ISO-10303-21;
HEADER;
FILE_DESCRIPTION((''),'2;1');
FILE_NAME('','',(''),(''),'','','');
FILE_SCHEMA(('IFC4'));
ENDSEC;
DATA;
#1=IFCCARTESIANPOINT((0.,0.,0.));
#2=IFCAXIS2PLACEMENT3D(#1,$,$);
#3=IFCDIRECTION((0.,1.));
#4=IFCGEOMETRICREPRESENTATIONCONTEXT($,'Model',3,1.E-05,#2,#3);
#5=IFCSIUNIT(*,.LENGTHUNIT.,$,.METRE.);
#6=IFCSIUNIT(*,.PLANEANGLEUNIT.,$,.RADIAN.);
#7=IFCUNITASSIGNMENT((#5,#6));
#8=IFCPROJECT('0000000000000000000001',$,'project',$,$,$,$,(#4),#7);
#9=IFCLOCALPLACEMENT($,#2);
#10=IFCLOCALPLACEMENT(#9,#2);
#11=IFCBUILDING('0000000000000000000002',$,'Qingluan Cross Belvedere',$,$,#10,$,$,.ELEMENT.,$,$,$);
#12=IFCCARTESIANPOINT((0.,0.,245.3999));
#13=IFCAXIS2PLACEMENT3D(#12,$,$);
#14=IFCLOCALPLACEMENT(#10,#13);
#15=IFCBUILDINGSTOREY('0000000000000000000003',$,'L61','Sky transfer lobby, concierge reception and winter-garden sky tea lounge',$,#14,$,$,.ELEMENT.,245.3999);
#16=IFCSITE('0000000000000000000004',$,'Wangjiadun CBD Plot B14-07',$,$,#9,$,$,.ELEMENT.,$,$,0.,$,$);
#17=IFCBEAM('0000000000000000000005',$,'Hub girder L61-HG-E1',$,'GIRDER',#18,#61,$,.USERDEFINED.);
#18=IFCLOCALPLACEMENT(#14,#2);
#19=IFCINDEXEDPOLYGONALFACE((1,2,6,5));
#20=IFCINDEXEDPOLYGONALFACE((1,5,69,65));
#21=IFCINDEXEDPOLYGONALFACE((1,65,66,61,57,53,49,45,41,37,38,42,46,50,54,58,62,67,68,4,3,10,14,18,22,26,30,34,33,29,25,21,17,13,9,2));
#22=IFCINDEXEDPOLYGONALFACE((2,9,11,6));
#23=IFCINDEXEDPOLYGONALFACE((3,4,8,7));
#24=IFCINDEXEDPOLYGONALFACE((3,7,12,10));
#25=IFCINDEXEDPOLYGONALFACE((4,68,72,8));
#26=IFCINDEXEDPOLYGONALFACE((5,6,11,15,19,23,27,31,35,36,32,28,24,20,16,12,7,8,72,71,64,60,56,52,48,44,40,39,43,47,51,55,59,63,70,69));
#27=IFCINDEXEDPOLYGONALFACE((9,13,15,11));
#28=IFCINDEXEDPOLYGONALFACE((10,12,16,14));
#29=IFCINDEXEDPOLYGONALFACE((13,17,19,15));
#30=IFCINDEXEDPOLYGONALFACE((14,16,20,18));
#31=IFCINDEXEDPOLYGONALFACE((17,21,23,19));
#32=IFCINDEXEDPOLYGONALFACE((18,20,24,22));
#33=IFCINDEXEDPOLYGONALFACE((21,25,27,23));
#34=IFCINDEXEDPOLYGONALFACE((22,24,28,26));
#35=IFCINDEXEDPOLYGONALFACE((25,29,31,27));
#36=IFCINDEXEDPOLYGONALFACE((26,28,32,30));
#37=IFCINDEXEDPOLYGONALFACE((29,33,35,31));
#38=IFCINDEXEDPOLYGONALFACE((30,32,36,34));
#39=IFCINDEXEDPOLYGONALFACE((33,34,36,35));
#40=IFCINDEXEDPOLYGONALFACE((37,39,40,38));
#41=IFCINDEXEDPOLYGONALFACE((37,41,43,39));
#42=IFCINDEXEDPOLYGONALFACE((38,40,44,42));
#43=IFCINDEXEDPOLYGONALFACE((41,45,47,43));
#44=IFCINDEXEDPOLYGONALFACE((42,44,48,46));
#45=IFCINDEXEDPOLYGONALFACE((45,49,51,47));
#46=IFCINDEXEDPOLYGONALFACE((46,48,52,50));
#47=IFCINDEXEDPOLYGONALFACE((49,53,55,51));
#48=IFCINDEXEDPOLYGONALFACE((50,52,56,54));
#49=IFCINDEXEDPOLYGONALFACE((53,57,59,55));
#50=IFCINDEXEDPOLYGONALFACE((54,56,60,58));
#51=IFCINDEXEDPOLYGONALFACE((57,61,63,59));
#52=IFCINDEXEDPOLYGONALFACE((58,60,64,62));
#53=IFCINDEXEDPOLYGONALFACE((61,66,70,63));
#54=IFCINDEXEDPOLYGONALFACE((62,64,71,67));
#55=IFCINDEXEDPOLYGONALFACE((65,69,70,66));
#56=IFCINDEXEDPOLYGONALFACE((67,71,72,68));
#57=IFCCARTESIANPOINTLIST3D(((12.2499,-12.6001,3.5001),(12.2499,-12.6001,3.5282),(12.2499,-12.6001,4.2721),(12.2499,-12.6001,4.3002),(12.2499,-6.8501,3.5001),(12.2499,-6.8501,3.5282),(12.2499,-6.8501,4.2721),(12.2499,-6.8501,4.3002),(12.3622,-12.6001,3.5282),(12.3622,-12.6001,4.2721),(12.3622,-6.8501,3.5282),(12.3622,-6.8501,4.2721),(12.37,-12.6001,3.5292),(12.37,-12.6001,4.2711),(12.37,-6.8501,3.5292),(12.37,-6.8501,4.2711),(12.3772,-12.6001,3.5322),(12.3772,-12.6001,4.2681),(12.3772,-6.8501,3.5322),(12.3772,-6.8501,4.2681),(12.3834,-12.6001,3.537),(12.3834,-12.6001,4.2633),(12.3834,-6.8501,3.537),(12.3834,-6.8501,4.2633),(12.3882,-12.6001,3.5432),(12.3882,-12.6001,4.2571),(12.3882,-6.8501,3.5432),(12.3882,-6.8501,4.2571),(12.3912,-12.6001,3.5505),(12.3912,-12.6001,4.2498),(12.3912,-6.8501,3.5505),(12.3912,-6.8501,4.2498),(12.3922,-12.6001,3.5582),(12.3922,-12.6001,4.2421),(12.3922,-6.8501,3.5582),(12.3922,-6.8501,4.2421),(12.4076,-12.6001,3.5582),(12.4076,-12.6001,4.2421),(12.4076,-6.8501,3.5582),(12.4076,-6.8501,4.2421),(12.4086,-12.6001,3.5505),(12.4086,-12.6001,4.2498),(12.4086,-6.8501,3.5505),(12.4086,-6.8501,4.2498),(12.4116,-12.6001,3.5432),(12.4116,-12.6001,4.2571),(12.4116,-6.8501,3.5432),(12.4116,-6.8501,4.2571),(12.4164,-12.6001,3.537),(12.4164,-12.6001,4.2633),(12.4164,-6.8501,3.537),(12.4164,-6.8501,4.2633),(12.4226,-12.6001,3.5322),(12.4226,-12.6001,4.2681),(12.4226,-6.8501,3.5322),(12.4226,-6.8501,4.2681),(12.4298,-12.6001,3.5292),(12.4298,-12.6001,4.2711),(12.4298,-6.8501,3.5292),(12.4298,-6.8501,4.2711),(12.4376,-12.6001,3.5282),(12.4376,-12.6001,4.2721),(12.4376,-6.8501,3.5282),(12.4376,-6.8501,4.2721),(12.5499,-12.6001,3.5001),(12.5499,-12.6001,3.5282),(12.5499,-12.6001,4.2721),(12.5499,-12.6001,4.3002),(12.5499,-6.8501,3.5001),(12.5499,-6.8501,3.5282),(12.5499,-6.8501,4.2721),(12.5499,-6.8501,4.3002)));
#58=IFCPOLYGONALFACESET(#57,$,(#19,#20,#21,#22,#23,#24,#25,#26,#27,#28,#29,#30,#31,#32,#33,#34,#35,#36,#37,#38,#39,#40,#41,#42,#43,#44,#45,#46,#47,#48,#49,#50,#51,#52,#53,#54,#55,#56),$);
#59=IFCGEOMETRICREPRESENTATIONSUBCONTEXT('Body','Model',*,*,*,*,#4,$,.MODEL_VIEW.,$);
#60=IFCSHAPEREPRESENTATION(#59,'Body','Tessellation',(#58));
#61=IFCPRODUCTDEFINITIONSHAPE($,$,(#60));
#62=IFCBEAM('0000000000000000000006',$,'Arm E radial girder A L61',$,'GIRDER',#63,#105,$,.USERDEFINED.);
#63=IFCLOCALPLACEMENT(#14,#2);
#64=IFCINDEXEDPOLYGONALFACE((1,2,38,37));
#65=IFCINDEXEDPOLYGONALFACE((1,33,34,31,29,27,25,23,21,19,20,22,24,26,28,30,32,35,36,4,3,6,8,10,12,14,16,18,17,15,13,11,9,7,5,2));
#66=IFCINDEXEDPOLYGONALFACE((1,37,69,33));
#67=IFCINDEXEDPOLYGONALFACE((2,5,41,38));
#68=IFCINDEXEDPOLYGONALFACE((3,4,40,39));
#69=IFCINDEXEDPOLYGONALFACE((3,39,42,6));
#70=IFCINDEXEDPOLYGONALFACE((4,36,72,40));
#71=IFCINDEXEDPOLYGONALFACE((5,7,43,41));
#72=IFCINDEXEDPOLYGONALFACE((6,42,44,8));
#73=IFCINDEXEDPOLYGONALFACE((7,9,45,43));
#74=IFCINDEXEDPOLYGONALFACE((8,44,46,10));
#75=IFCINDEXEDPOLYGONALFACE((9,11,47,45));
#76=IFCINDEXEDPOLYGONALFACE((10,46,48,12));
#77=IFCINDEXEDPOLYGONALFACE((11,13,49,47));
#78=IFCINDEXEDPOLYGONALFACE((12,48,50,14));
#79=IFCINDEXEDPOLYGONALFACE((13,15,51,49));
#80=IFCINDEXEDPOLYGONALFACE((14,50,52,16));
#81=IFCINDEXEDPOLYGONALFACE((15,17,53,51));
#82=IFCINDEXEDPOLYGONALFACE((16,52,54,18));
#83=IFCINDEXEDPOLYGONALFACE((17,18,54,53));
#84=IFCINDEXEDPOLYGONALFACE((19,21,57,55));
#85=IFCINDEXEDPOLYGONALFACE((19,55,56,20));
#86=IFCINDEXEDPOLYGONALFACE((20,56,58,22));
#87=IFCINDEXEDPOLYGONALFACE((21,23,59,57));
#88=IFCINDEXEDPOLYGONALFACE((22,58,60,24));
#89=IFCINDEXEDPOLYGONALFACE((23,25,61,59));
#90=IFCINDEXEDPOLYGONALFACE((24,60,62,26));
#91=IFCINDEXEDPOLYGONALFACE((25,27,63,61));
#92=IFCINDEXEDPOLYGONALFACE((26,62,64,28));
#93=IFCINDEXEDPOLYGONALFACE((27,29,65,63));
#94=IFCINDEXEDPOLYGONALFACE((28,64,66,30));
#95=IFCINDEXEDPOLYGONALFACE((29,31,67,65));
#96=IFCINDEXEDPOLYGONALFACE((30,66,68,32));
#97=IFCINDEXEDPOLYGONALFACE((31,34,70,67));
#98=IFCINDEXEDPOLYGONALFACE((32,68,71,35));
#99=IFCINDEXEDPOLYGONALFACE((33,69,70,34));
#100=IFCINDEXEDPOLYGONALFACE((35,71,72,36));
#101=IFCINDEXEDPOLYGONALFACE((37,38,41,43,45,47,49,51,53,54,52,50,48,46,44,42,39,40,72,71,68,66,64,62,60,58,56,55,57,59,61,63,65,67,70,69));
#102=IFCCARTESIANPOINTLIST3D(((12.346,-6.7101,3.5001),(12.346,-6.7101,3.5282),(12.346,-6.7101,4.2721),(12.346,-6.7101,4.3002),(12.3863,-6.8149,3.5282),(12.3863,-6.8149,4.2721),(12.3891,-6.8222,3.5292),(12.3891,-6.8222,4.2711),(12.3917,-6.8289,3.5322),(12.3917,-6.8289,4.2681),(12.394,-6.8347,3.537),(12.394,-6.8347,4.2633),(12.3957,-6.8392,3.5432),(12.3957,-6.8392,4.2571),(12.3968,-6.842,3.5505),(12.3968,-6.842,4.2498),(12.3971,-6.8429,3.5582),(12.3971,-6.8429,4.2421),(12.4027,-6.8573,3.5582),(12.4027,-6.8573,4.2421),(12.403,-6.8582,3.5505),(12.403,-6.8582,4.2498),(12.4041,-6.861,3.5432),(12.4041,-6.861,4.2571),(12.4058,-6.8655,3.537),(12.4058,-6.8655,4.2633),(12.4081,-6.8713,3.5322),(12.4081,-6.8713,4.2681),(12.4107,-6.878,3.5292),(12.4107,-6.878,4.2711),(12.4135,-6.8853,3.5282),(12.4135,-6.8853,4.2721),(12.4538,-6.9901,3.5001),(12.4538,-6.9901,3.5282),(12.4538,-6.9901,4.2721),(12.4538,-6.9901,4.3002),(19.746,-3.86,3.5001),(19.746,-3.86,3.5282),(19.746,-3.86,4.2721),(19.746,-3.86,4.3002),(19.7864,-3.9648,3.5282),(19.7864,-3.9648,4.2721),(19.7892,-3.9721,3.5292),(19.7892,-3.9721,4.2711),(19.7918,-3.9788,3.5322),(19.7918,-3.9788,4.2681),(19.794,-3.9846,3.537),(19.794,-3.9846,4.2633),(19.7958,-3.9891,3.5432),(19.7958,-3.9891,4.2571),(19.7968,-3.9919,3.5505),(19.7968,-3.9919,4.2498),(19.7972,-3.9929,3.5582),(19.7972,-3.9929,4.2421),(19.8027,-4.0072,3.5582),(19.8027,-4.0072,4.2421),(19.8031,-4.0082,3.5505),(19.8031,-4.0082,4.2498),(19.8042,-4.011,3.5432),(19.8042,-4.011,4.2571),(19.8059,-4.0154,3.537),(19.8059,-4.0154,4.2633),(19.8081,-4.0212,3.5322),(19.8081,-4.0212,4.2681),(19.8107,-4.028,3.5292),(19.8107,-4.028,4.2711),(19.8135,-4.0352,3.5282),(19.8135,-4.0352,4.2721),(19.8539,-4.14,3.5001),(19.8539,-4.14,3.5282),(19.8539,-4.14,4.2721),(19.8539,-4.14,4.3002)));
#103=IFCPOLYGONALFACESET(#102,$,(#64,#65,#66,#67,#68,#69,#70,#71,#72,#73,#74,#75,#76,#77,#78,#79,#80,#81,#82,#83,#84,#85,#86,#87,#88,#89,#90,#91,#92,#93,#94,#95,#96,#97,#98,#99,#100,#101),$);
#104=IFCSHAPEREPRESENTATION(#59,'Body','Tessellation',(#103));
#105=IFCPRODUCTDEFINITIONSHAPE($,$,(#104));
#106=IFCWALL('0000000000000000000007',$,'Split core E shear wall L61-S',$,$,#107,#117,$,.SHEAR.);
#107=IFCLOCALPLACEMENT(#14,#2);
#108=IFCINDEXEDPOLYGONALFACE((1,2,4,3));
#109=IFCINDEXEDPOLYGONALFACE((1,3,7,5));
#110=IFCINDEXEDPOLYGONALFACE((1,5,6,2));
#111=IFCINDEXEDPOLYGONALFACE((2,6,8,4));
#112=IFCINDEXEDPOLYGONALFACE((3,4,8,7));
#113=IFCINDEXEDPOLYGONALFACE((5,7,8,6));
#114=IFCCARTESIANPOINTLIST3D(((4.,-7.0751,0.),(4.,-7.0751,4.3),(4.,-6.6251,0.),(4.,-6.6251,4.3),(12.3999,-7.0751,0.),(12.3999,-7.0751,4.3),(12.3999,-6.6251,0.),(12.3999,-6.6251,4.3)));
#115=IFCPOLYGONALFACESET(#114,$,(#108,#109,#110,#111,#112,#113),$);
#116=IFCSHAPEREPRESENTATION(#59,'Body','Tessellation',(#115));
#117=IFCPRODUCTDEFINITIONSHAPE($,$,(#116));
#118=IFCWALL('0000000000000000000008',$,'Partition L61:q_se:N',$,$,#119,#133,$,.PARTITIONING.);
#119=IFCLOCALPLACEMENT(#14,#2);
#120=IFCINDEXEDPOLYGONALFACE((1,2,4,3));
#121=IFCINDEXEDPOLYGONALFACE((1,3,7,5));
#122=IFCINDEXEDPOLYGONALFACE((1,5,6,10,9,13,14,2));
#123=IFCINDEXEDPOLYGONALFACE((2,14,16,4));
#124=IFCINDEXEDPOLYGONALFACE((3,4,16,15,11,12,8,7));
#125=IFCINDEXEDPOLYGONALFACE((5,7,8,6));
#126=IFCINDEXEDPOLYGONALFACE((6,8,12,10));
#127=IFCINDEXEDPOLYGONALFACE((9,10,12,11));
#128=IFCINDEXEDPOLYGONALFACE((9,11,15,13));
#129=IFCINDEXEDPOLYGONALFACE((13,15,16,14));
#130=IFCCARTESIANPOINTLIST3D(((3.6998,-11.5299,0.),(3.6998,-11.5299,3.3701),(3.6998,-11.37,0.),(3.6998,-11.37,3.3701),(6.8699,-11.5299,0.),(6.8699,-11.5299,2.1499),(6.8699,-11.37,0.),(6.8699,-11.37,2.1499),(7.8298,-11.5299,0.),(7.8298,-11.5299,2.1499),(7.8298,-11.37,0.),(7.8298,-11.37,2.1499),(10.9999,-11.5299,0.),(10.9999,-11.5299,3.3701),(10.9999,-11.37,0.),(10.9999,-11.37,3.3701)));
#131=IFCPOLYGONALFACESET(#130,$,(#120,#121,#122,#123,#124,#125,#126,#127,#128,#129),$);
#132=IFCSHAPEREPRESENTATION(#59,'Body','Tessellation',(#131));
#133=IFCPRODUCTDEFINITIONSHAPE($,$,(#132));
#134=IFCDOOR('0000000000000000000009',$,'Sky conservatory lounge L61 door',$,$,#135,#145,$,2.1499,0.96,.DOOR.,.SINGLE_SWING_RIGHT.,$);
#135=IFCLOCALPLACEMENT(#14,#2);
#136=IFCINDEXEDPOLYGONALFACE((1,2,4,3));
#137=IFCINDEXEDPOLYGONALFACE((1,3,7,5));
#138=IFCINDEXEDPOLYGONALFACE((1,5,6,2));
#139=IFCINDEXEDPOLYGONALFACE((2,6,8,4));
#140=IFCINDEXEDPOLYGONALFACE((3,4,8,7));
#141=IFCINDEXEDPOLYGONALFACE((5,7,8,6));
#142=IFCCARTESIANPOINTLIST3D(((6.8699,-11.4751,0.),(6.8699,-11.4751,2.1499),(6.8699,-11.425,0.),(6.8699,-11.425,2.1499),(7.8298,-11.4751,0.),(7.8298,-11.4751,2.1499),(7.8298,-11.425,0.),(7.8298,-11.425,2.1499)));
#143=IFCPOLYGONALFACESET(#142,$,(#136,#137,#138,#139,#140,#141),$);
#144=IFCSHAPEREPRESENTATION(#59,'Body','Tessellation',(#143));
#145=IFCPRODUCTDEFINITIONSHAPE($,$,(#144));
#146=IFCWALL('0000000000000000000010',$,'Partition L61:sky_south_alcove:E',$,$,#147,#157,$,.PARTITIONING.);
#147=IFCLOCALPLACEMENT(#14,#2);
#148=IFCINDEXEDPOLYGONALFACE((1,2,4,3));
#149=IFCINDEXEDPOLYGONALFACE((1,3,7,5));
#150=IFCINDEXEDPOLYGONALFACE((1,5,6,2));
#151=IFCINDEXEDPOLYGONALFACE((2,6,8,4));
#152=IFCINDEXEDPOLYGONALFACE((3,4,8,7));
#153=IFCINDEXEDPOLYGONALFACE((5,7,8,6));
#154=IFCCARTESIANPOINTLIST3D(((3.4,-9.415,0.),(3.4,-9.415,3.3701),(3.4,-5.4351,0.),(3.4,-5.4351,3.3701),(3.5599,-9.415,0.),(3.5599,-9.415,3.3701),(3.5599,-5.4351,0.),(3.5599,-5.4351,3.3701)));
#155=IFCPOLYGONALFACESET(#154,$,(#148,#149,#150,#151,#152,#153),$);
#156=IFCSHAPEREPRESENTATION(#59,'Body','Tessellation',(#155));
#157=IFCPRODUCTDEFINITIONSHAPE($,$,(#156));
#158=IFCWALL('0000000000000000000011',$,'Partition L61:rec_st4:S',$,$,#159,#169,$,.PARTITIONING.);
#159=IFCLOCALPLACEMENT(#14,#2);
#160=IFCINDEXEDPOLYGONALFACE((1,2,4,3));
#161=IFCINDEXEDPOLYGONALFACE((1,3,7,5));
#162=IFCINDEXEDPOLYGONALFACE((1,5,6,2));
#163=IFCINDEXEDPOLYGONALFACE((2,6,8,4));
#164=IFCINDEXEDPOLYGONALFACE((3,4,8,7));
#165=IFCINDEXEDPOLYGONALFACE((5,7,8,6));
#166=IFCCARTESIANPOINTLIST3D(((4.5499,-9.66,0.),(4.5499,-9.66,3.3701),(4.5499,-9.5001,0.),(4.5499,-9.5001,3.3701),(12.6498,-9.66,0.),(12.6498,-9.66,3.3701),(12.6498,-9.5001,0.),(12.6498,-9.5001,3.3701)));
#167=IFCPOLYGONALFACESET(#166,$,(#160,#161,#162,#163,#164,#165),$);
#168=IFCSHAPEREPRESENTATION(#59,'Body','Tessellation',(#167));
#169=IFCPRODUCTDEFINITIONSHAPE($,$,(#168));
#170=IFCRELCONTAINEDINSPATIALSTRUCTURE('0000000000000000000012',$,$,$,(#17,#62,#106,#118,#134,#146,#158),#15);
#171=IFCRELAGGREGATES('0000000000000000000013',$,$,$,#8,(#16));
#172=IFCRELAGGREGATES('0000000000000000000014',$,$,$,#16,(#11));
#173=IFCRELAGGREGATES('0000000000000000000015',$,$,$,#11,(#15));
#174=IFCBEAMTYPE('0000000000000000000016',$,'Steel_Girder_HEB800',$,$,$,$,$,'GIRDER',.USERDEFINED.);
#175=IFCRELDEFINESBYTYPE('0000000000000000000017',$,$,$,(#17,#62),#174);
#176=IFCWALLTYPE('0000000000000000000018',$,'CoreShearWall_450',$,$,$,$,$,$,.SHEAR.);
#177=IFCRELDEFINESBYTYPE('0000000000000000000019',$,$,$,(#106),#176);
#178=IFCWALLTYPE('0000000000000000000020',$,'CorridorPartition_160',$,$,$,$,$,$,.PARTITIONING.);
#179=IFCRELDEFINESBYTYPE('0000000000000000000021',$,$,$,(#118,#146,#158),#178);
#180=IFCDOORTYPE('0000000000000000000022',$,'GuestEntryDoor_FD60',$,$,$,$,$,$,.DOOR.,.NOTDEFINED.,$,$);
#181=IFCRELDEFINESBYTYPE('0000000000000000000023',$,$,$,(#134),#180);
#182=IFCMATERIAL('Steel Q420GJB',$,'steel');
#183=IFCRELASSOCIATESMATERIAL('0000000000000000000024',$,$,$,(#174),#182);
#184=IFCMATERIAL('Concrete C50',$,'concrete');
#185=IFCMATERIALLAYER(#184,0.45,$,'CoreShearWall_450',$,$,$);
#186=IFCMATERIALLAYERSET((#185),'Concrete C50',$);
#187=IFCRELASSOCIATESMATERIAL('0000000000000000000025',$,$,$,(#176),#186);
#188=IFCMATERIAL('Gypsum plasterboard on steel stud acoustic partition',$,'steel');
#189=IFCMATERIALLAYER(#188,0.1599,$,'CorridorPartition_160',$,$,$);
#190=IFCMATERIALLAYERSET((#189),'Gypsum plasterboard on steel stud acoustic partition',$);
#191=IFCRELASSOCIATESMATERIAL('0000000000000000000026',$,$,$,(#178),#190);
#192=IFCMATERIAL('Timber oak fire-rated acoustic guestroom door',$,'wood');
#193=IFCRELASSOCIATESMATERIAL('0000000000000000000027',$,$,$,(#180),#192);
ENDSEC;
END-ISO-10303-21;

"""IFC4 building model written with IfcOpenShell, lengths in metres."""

from ifc_helpers import new_model, si_unit, direction, frame, frame_2d, origin, origin_2d, place, context, subcontext, project, spatial, rectangle, i_section, extrude, material, layer, layer_set, material_profile, profile_set, type_object, element, fill, save


model = new_model("IFC4")

# Units and contexts
model_context = context("Model", 3, precision=1e-05, world=origin(), true_north=direction((0.0, 1.0)))
body_context = subcontext(model_context, "Body", "Model", "MODEL_VIEW")
ifc_project = project(units=[si_unit("LENGTHUNIT", "METRE"), si_unit("PLANEANGLEUNIT", "RADIAN")], contexts=[model_context])

# Site, building, storey
site_placement = place(None, origin())
site = spatial("IfcSite", under=ifc_project, at=site_placement, Name="Wangjiadun CBD Plot B14-07", CompositionType="ELEMENT", RefElevation=0.0)
building_placement = place(site_placement, origin())
building = spatial("IfcBuilding", under=site, at=building_placement, Name="Qingluan Cross Belvedere", CompositionType="ELEMENT")
storey_placement = place(building_placement, frame((0.0, 0.0, 245.3999)))
storey = spatial("IfcBuildingStorey", under=building, at=storey_placement, Name="L61", Description="Sky transfer lobby, concierge reception and winter-garden sky tea lounge", CompositionType="ELEMENT", Elevation=245.3999)

# Beams
ifc_material_1 = material(Name="Steel Q420GJB", Category="steel")
ifc_material_profile_1 = material_profile(ifc_material_1, i_section(OverallWidth=0.3, OverallDepth=0.8, WebThickness=0.0154, FlangeThickness=0.0281, FilletRadius=0.03, at=origin_2d()), Name="HEB800")
ifc_profile_set_1 = profile_set([ifc_material_profile_1], Name="Steel Q420GJB")
beam_type_1 = type_object("IfcBeamType", Name="Steel_Girder_HEB800", ElementType="GIRDER", PredefinedType="USERDEFINED", material=ifc_profile_set_1)
beam_1_placement = place(storey_placement, frame((12.3999, -12.6001, 3.9001), z_axis=(0.0, 1.0, 0.0), x_axis=(-1.0, 0.0, 0.0)))
element("IfcBeam", 1, at=beam_1_placement, inside=storey, type_object=beam_type_1, Name="Hub girder L61-HG-E1", ObjectType="GIRDER", PredefinedType="USERDEFINED", context=body_context, shape_type="SweptSolid", body=[
    extrude(i_section(OverallWidth=0.3, OverallDepth=0.8, WebThickness=0.0154, FlangeThickness=0.0281, FilletRadius=0.03, at=origin_2d()), origin(), (0.0, 0.0, 1.0), 5.75),
])
beam_2_placement = place(storey_placement, frame((12.3999, -6.8501, 3.9001), z_axis=(0.933181, 0.359406, 0.0), x_axis=(-0.359406, 0.933181, 0.0)))
element("IfcBeam", 2, at=beam_2_placement, inside=storey, type_object=beam_type_1, Name="Arm E radial girder A L61", ObjectType="GIRDER", PredefinedType="USERDEFINED", context=body_context, shape_type="SweptSolid", body=[
    extrude(i_section(OverallWidth=0.3, OverallDepth=0.8, WebThickness=0.0154, FlangeThickness=0.0281, FilletRadius=0.03, at=origin_2d()), origin(), (0.0, 0.0, 1.0), 7.9299),
])

# Wall
ifc_material_2 = material(Name="Concrete C50", Category="concrete")
ifc_layer_1 = layer(ifc_material_2, 0.45, Name="CoreShearWall_450")
ifc_layer_set_1 = layer_set([ifc_layer_1], Name="Concrete C50")
wall_type_1 = type_object("IfcWallType", Name="CoreShearWall_450", PredefinedType="SHEAR", material=ifc_layer_set_1)
wall_1_placement = place(storey_placement, frame((4.0, -6.8501, 0.0), z_axis=(0.0, 0.0, 1.0), x_axis=(1.0, 0.0, 0.0)))
element("IfcWall", 3, at=wall_1_placement, inside=storey, type_object=wall_type_1, Name="Split core E shear wall L61-S", PredefinedType="SHEAR", context=body_context, shape_type="SweptSolid", body=[
    extrude(rectangle(XDim=8.3999, YDim=0.45, at=frame_2d((4.2, 0.0))), origin(), (0.0, 0.0, 1.0), 4.3),
])

# Wall, opening, door
ifc_material_3 = material(Name="Gypsum plasterboard on steel stud acoustic partition", Category="steel")
ifc_layer_2 = layer(ifc_material_3, 0.1599, Name="CorridorPartition_160")
ifc_layer_set_2 = layer_set([ifc_layer_2], Name="Gypsum plasterboard on steel stud acoustic partition")
wall_type_2 = type_object("IfcWallType", Name="CorridorPartition_160", PredefinedType="PARTITIONING", material=ifc_layer_set_2)
wall_2_placement = place(storey_placement, frame((3.7, -11.45, 0.0), z_axis=(0.0, 0.0, 1.0), x_axis=(1.0, 0.0, 0.0)))
wall_2 = element("IfcWall", 4, at=wall_2_placement, inside=storey, type_object=wall_type_2, Name="Partition L61:q_se:N", PredefinedType="PARTITIONING", context=body_context, shape_type="SweptSolid", body=[
    extrude(rectangle(XDim=7.3, YDim=0.1599, at=frame_2d((3.6499, 0.0))), origin(), (0.0, 0.0, 1.0), 3.3701),
])
opening_1_placement = place(wall_2_placement, frame((3.1699, 0.0, 0.0)))
opening_1 = element("IfcOpeningElement", 5, at=opening_1_placement, cuts=wall_2, PredefinedType="OPENING", context=body_context, shape_type="SweptSolid", body=[
    extrude(rectangle(XDim=0.96, YDim=2.1499, at=frame_2d((0.48, 1.075))), frame((0.0, 0.0898, 0.0), z_axis=(0.0, -1.0, 0.0), x_axis=(1.0, 0.0, 0.0)), (0.0, 0.0, 1.0), 0.1799),
])
ifc_material_4 = material(Name="Timber oak fire-rated acoustic guestroom door", Category="wood")
door_type_1 = type_object("IfcDoorType", Name="GuestEntryDoor_FD60", OperationType="NOTDEFINED", PredefinedType="DOOR", material=ifc_material_4)
door_1_placement = place(opening_1_placement, origin())
door_1 = element("IfcDoor", 6, at=door_1_placement, inside=storey, type_object=door_type_1, Name="Sky conservatory lounge L61 door", OperationType="SINGLE_SWING_RIGHT", OverallHeight=2.1499, OverallWidth=0.96, PredefinedType="DOOR", context=body_context, shape_type="SweptSolid", body=[
    extrude(rectangle(XDim=0.96, YDim=2.1499, at=frame_2d((0.48, 1.075))), frame((0.0, 0.0249, 0.0), z_axis=(0.0, -1.0, 0.0), x_axis=(1.0, 0.0, 0.0)), (0.0, 0.0, 1.0), 0.05),
])
fill(opening_1, door_1)

# Walls
wall_3_placement = place(storey_placement, frame((3.48, -9.415, 0.0), z_axis=(0.0, 0.0, 1.0), x_axis=(0.0, 1.0, 0.0)))
element("IfcWall", 7, at=wall_3_placement, inside=storey, type_object=wall_type_2, Name="Partition L61:sky_south_alcove:E", PredefinedType="PARTITIONING", context=body_context, shape_type="SweptSolid", body=[
    extrude(rectangle(XDim=3.98, YDim=0.1599, at=frame_2d((1.99, 0.0))), origin(), (0.0, 0.0, 1.0), 3.3701),
])
wall_4_placement = place(storey_placement, frame((4.55, -9.5801, 0.0), z_axis=(0.0, 0.0, 1.0), x_axis=(1.0, 0.0, 0.0)))
element("IfcWall", 8, at=wall_4_placement, inside=storey, type_object=wall_type_2, Name="Partition L61:rec_st4:S", PredefinedType="PARTITIONING", context=body_context, shape_type="SweptSolid", body=[
    extrude(rectangle(XDim=8.0999, YDim=0.1599, at=frame_2d((4.0498, 0.0))), origin(), (0.0, 0.0, 1.0), 3.3701),
])

save(model, "model.ifc")
